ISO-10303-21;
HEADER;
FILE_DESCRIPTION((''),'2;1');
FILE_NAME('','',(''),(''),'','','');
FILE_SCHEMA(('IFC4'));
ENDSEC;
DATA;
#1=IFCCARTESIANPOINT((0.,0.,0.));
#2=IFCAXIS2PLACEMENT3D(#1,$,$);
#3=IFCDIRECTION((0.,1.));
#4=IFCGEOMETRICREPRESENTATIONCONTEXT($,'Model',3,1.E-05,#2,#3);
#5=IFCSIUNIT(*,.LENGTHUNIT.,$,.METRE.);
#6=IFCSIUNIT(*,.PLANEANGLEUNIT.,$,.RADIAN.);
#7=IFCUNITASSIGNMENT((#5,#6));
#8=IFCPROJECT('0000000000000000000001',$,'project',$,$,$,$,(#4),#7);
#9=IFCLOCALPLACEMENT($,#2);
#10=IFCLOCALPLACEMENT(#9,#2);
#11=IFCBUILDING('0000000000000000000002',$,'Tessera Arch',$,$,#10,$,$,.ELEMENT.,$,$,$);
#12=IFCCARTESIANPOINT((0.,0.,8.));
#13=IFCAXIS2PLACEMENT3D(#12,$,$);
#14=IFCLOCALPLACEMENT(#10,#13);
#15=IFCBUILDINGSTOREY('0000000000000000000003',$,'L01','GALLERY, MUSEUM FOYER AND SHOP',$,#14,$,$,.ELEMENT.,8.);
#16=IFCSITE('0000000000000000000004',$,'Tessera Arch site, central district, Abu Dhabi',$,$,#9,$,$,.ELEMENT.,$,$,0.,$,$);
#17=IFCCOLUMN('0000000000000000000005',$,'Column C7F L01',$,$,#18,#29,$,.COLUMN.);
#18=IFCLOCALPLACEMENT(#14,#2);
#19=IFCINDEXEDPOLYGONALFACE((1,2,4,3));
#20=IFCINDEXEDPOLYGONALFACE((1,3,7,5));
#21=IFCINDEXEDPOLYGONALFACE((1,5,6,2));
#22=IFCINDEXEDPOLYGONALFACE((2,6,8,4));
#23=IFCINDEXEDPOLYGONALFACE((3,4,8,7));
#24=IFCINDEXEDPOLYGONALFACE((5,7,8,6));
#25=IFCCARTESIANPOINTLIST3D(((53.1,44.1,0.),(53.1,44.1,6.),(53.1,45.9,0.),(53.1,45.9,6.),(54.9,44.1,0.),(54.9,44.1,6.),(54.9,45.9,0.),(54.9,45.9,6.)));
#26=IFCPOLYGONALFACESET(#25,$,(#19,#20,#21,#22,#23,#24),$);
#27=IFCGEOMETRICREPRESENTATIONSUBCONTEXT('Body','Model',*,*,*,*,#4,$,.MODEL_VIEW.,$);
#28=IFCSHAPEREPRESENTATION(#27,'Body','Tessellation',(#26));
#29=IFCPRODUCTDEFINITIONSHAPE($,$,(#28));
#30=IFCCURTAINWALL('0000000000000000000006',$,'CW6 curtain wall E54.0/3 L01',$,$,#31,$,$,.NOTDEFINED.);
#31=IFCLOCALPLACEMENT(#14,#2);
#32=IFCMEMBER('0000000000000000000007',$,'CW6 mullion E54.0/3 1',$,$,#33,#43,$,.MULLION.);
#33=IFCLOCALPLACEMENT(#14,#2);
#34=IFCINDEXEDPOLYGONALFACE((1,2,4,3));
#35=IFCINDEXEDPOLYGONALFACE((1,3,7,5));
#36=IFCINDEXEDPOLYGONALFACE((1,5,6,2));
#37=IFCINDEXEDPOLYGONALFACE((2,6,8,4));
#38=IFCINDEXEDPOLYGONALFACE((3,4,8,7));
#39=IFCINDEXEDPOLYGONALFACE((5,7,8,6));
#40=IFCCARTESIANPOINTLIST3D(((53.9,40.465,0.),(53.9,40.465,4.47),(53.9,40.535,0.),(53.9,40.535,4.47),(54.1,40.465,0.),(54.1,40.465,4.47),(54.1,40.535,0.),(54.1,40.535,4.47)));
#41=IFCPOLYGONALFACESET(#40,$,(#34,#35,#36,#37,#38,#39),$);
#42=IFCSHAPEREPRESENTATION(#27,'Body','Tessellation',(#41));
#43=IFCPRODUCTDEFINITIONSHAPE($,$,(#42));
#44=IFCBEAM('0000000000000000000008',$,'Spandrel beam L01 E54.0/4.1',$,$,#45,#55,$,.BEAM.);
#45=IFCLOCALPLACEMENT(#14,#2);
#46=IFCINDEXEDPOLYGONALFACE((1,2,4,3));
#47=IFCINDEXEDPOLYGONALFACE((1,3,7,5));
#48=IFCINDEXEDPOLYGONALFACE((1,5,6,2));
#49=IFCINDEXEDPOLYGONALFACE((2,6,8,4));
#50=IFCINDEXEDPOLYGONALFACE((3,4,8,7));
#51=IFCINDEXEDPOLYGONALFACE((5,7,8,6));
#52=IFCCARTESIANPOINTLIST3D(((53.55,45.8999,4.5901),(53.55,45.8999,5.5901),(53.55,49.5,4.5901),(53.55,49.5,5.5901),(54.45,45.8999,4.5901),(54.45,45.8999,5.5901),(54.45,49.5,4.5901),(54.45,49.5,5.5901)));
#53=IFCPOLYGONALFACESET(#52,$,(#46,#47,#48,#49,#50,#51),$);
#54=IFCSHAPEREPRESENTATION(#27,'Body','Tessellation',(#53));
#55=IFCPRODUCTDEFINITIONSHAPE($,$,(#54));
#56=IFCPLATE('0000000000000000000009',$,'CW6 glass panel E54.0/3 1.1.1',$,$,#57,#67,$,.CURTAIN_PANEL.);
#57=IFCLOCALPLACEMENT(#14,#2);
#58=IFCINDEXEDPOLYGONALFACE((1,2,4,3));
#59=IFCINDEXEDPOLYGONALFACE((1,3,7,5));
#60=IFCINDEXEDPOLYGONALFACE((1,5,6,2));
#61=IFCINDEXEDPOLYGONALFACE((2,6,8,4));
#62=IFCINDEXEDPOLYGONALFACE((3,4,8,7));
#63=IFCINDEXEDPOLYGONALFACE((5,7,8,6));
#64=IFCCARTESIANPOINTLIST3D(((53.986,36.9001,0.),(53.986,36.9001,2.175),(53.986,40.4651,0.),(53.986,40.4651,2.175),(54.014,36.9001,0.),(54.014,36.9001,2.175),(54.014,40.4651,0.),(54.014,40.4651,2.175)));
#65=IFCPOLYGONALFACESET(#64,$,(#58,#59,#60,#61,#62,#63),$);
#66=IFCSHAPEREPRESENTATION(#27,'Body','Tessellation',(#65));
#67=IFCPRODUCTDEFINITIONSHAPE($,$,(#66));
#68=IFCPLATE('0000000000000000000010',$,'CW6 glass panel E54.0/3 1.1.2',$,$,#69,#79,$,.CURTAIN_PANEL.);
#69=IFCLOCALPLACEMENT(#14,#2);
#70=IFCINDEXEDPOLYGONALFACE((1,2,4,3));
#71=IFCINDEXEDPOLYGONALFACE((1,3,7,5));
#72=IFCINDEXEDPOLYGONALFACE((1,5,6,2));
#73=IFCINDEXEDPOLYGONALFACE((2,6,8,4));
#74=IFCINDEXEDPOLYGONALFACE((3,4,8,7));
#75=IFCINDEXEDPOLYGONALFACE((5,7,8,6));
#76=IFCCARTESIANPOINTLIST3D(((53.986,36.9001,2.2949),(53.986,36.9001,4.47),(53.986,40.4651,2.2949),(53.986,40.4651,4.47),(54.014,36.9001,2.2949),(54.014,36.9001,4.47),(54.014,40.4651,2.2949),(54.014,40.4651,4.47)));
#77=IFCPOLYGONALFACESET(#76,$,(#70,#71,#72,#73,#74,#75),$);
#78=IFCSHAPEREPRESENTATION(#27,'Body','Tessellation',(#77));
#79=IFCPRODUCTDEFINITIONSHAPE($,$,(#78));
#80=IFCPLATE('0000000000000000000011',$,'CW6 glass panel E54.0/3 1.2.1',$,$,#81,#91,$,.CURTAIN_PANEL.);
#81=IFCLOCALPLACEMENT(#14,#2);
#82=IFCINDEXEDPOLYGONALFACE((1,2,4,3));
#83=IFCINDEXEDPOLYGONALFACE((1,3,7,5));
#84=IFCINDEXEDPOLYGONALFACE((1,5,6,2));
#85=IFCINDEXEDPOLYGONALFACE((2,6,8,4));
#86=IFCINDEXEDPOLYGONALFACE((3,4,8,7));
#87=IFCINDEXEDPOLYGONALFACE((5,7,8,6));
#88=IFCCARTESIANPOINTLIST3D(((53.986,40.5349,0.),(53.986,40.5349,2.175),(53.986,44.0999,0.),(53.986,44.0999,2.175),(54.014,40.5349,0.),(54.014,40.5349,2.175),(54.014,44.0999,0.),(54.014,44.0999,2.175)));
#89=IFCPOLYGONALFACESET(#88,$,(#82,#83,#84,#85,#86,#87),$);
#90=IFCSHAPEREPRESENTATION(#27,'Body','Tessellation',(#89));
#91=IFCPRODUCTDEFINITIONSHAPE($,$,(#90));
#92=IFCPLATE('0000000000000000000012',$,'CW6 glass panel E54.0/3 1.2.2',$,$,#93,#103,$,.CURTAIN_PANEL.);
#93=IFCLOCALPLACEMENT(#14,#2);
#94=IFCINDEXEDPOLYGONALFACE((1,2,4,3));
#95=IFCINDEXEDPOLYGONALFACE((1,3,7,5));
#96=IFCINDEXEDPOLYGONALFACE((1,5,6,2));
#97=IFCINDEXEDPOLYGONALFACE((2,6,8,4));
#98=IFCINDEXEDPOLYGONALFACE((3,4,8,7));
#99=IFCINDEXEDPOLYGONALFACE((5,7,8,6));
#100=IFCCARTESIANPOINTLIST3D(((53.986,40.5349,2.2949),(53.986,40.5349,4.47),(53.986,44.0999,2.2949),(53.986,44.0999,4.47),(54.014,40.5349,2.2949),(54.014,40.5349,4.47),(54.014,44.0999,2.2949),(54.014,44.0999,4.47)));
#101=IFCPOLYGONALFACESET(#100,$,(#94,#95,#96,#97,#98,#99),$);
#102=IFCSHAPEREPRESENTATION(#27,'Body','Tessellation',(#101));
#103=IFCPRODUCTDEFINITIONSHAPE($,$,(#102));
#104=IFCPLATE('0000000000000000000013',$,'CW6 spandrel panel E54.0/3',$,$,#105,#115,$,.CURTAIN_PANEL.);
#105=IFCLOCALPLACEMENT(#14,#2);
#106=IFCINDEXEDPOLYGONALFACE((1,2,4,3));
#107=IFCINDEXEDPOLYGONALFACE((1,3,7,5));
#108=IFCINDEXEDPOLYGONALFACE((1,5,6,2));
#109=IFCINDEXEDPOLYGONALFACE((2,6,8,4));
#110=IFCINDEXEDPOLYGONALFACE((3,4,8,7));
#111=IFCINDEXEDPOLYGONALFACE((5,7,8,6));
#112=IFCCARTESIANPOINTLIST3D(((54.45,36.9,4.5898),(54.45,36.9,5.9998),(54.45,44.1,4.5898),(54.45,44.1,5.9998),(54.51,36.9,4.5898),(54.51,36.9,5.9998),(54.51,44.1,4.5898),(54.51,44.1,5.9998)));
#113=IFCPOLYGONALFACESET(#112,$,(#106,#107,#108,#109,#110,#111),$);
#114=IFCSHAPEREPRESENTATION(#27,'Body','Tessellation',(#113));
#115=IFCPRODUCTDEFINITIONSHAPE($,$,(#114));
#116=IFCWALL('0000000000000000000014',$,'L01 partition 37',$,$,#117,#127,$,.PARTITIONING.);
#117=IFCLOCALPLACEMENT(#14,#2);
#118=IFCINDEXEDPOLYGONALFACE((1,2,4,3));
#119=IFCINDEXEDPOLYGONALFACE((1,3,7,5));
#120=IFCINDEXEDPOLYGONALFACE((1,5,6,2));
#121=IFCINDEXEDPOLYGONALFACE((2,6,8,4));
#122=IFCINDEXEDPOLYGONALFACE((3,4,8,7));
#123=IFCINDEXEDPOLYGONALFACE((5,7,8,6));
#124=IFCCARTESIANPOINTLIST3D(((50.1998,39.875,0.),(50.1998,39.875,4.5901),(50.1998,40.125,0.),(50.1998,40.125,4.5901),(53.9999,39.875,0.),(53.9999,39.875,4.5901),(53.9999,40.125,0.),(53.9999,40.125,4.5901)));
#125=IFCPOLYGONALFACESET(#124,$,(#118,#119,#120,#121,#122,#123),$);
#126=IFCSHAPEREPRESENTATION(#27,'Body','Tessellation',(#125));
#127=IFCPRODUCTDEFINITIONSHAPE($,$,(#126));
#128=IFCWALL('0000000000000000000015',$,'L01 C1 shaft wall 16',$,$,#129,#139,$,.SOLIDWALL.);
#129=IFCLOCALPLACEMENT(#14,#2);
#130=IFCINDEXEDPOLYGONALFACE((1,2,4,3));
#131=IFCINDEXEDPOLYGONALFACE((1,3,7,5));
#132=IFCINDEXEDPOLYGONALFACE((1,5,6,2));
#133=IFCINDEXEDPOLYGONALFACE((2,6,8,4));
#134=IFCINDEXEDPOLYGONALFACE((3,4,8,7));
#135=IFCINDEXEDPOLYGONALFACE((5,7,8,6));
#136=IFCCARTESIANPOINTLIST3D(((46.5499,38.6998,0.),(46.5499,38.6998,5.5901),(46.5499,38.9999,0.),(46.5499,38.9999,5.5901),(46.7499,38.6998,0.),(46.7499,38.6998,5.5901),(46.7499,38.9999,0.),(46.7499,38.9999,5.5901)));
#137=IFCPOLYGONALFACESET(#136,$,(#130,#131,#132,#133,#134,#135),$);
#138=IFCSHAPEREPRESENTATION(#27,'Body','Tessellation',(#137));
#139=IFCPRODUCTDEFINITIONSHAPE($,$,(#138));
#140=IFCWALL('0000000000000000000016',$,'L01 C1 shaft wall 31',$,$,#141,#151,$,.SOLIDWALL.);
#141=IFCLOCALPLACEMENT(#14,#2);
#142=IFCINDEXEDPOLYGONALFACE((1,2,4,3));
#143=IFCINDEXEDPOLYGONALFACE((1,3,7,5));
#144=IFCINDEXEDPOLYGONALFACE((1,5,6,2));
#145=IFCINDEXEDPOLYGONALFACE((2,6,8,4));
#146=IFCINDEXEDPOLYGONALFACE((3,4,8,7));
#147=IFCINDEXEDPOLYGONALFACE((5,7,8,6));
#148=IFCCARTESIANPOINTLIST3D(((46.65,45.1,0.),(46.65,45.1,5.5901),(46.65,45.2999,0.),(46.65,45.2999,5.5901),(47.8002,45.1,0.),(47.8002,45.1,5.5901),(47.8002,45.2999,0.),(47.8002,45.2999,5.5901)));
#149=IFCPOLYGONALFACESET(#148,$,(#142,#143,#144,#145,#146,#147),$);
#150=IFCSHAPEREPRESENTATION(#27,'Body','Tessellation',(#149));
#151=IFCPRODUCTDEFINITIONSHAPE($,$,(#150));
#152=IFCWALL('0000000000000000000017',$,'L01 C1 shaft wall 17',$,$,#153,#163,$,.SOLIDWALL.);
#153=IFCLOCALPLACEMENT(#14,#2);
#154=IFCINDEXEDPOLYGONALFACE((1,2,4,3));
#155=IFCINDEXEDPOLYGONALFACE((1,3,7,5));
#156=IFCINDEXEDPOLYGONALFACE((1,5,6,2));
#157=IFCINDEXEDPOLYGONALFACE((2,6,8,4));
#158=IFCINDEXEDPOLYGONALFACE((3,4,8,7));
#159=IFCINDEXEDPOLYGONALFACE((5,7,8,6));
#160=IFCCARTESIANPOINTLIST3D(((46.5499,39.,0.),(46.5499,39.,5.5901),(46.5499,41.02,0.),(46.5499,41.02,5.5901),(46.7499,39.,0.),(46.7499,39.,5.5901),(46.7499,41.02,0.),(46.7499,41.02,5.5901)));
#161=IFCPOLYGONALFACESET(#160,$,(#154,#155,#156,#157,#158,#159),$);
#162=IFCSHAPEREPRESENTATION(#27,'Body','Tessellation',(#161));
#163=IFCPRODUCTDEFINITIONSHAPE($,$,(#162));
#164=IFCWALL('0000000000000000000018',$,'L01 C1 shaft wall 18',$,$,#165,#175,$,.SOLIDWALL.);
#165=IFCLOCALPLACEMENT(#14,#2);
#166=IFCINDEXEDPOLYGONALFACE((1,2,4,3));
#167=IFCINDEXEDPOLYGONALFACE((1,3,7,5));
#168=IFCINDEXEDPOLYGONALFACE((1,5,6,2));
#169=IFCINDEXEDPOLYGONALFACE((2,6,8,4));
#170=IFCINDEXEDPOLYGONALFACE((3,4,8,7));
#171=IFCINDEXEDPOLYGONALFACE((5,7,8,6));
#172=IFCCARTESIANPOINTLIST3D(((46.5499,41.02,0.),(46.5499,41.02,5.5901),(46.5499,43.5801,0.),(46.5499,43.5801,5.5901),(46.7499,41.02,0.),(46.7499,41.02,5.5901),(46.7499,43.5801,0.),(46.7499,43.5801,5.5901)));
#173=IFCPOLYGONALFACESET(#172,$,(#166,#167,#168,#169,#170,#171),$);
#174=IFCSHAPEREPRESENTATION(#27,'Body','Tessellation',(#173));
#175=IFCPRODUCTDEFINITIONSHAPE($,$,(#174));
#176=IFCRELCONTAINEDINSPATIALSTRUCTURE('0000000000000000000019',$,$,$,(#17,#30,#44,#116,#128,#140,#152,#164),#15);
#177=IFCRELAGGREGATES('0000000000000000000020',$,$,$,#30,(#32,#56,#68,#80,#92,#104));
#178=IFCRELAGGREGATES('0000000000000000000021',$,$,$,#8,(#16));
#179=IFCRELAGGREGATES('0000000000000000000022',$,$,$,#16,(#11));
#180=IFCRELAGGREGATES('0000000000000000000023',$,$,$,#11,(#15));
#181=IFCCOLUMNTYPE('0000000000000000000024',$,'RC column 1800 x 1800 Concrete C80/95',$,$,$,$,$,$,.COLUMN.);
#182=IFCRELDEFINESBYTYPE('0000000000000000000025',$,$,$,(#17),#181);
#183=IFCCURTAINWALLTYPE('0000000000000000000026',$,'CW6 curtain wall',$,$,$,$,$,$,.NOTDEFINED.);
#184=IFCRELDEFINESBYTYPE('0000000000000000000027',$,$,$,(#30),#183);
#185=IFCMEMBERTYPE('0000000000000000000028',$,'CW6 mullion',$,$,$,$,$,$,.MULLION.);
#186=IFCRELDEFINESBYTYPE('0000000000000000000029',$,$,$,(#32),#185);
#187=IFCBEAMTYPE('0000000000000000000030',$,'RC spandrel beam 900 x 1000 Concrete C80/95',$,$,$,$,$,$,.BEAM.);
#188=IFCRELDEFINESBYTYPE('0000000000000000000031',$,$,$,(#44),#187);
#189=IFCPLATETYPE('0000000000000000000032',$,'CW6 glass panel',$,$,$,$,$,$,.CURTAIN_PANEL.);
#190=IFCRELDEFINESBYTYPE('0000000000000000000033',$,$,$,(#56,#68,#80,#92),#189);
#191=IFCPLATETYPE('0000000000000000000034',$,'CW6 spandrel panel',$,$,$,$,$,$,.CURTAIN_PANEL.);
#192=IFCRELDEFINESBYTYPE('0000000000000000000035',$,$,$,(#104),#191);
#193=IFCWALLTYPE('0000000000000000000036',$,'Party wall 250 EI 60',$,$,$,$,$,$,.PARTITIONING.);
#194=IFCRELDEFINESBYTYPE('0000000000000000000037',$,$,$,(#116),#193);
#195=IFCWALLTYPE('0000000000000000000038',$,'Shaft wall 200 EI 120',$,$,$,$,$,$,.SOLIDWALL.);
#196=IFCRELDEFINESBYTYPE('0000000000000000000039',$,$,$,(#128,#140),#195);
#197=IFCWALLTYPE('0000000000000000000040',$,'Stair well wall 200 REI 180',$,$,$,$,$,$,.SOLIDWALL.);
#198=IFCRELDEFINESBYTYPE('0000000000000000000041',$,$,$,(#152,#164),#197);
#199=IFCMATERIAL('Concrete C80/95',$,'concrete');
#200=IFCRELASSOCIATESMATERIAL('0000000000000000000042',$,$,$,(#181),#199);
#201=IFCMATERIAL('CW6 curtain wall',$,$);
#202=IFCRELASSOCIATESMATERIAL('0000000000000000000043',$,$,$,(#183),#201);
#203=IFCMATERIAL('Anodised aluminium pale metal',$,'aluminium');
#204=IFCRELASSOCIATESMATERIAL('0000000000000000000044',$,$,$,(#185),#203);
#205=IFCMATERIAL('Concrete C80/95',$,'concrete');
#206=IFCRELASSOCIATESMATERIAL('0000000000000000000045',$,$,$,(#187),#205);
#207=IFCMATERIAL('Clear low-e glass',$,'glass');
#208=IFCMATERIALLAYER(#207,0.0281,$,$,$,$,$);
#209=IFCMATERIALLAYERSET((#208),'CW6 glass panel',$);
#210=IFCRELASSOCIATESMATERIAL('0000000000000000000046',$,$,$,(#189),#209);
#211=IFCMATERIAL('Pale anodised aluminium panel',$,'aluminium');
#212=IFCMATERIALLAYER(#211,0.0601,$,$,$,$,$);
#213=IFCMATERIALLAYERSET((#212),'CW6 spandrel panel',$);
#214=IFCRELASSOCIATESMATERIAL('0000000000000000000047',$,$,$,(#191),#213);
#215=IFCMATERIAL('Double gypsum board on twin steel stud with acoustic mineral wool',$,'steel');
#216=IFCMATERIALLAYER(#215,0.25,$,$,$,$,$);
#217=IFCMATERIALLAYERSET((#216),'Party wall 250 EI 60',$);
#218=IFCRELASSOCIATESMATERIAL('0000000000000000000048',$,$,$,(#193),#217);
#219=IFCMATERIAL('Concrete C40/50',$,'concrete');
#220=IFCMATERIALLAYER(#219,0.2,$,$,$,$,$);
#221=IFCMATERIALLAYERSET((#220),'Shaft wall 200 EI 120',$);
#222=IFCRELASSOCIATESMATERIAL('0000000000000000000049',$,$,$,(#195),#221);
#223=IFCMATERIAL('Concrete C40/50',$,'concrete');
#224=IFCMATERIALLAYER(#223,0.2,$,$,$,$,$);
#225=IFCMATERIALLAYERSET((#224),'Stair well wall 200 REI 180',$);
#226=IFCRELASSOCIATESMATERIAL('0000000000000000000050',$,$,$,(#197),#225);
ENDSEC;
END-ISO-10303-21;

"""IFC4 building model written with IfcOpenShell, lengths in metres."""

from ifc_helpers import new_model, si_unit, direction, frame, frame_2d, origin, origin_2d, place, context, subcontext, project, spatial, rectangle, extrude, material, layer, layer_set, material_profile, profile_set, type_object, element, aggregate, save


model = new_model("IFC4")

# Units and contexts
model_context = context("Model", 3, precision=1e-05, world=origin(), true_north=direction((0.0, 1.0)))
body_context = subcontext(model_context, "Body", "Model", "MODEL_VIEW")
ifc_project = project(units=[si_unit("LENGTHUNIT", "METRE"), si_unit("PLANEANGLEUNIT", "RADIAN")], contexts=[model_context])

# Site, building, storey
site_placement = place(None, origin())
site = spatial("IfcSite", under=ifc_project, at=site_placement, Name="Tessera Arch site, central district, Abu Dhabi", CompositionType="ELEMENT", RefElevation=0.0)
building_placement = place(site_placement, origin())
building = spatial("IfcBuilding", under=site, at=building_placement, Name="Tessera Arch", CompositionType="ELEMENT")
storey_placement = place(building_placement, frame((0.0, 0.0, 8.0)))
storey = spatial("IfcBuildingStorey", under=building, at=storey_placement, Name="L01", Description="GALLERY, MUSEUM FOYER AND SHOP", CompositionType="ELEMENT", Elevation=8.0)

# Column
ifc_material_1 = material(Name="Concrete C80/95", Category="concrete")
ifc_material_profile_1 = material_profile(ifc_material_1, rectangle(XDim=1.8, YDim=1.8, at=origin_2d()), Name="RC column 1800 x 1800 Concrete C80/95")
ifc_profile_set_1 = profile_set([ifc_material_profile_1], Name="Concrete C80/95")
column_type = type_object("IfcColumnType", Name="RC column 1800 x 1800 Concrete C80/95", PredefinedType="COLUMN", material=ifc_profile_set_1)
column_placement = place(storey_placement, frame((54.0, 45.0, 0.0), z_axis=(0.0, 0.0, 1.0), x_axis=(1.0, 0.0, 0.0)))
element("IfcColumn", 1, at=column_placement, inside=storey, type_object=column_type, Name="Column C7F L01", PredefinedType="COLUMN", context=body_context, shape_type="SweptSolid", body=[
    extrude(rectangle(XDim=1.8, YDim=1.8, at=origin_2d()), origin(), (0.0, 0.0, 1.0), 6.0),
])

# Curtain wall, member
ifc_material_2 = material(Name="CW6 curtain wall")
curtain_wall_type = type_object("IfcCurtainWallType", Name="CW6 curtain wall", PredefinedType="NOTDEFINED", material=ifc_material_2)
curtain_wall_placement = place(storey_placement, origin())
curtain_wall = element("IfcCurtainWall", 2, at=curtain_wall_placement, inside=storey, type_object=curtain_wall_type, Name="CW6 curtain wall E54.0/3 L01", PredefinedType="NOTDEFINED")
ifc_material_3 = material(Name="Anodised aluminium pale metal", Category="aluminium")
ifc_material_profile_2 = material_profile(ifc_material_3, rectangle(XDim=0.2, YDim=0.0701, at=origin_2d()), Name="AL 70x200")
ifc_profile_set_2 = profile_set([ifc_material_profile_2], Name="Anodised aluminium pale metal")
member_type = type_object("IfcMemberType", Name="CW6 mullion", PredefinedType="MULLION", material=ifc_profile_set_2)
member_placement = place(storey_placement, frame((54.0, 40.5, 0.0), z_axis=(0.0, 0.0, 1.0), x_axis=(-1.0, 0.0, 0.0)))
member = element("IfcMember", 3, at=member_placement, type_object=member_type, Name="CW6 mullion E54.0/3 1", PredefinedType="MULLION", context=body_context, shape_type="SweptSolid", body=[
    extrude(rectangle(XDim=0.2, YDim=0.0701, at=origin_2d()), origin(), (0.0, 0.0, 1.0), 4.47),
])

# Beam
ifc_material_4 = material(Name="Concrete C80/95", Category="concrete")
ifc_material_profile_3 = material_profile(ifc_material_4, rectangle(XDim=0.8999, YDim=1.0, at=origin_2d()), Name="RC spandrel beam 900 x 1000 Concrete C80/95")
ifc_profile_set_3 = profile_set([ifc_material_profile_3], Name="Concrete C80/95")
beam_type = type_object("IfcBeamType", Name="RC spandrel beam 900 x 1000 Concrete C80/95", PredefinedType="BEAM", material=ifc_profile_set_3)
beam_placement = place(storey_placement, frame((54.0, 45.8999, 5.0901), z_axis=(0.0, 1.0, 0.0), x_axis=(-1.0, 0.0, 0.0)))
element("IfcBeam", 4, at=beam_placement, inside=storey, type_object=beam_type, Name="Spandrel beam L01 E54.0/4.1", PredefinedType="BEAM", context=body_context, shape_type="SweptSolid", body=[
    extrude(rectangle(XDim=0.8999, YDim=1.0, at=origin_2d()), origin(), (0.0, 0.0, 1.0), 3.6001),
])

# Plates
ifc_material_5 = material(Name="Clear low-e glass", Category="glass")
ifc_layer_1 = layer(ifc_material_5, 0.0281)
ifc_layer_set_1 = layer_set([ifc_layer_1], Name="CW6 glass panel")
plate_type_1 = type_object("IfcPlateType", Name="CW6 glass panel", PredefinedType="CURTAIN_PANEL", material=ifc_layer_set_1)
plate_1_placement = place(storey_placement, frame((54.0, 38.6826, 0.0), z_axis=(0.0, 0.0, 1.0), x_axis=(0.0, 1.0, 0.0)))
plate_1 = element("IfcPlate", 5, at=plate_1_placement, type_object=plate_type_1, Name="CW6 glass panel E54.0/3 1.1.1", PredefinedType="CURTAIN_PANEL", context=body_context, shape_type="SweptSolid", body=[
    extrude(rectangle(XDim=3.5649, YDim=0.0281, at=origin_2d()), origin(), (0.0, 0.0, 1.0), 2.175),
])
plate_2_placement = place(storey_placement, frame((54.0, 38.6826, 2.2949), z_axis=(0.0, 0.0, 1.0), x_axis=(0.0, 1.0, 0.0)))
plate_2 = element("IfcPlate", 6, at=plate_2_placement, type_object=plate_type_1, Name="CW6 glass panel E54.0/3 1.1.2", PredefinedType="CURTAIN_PANEL", context=body_context, shape_type="SweptSolid", body=[
    extrude(rectangle(XDim=3.5649, YDim=0.0281, at=origin_2d()), origin(), (0.0, 0.0, 1.0), 2.175),
])
plate_3_placement = place(storey_placement, frame((54.0, 42.3174, 0.0), z_axis=(0.0, 0.0, 1.0), x_axis=(0.0, 1.0, 0.0)))
plate_3 = element("IfcPlate", 7, at=plate_3_placement, type_object=plate_type_1, Name="CW6 glass panel E54.0/3 1.2.1", PredefinedType="CURTAIN_PANEL", context=body_context, shape_type="SweptSolid", body=[
    extrude(rectangle(XDim=3.5649, YDim=0.0281, at=origin_2d()), origin(), (0.0, 0.0, 1.0), 2.175),
])
plate_4_placement = place(storey_placement, frame((54.0, 42.3174, 2.2949), z_axis=(0.0, 0.0, 1.0), x_axis=(0.0, 1.0, 0.0)))
plate_4 = element("IfcPlate", 8, at=plate_4_placement, type_object=plate_type_1, Name="CW6 glass panel E54.0/3 1.2.2", PredefinedType="CURTAIN_PANEL", context=body_context, shape_type="SweptSolid", body=[
    extrude(rectangle(XDim=3.5649, YDim=0.0281, at=origin_2d()), origin(), (0.0, 0.0, 1.0), 2.175),
])
ifc_material_6 = material(Name="Pale anodised aluminium panel", Category="aluminium")
ifc_layer_2 = layer(ifc_material_6, 0.0601)
ifc_layer_set_2 = layer_set([ifc_layer_2], Name="CW6 spandrel panel")
plate_type_2 = type_object("IfcPlateType", Name="CW6 spandrel panel", PredefinedType="CURTAIN_PANEL", material=ifc_layer_set_2)
plate_5_placement = place(storey_placement, frame((54.48, 40.5, 4.5898), z_axis=(0.0, 0.0, 1.0), x_axis=(0.0, 1.0, 0.0)))
plate_5 = element("IfcPlate", 9, at=plate_5_placement, type_object=plate_type_2, Name="CW6 spandrel panel E54.0/3", PredefinedType="CURTAIN_PANEL", context=body_context, shape_type="SweptSolid", body=[
    extrude(rectangle(XDim=7.2, YDim=0.0601, at=origin_2d()), origin(), (0.0, 0.0, 1.0), 1.4099),
])
aggregate(curtain_wall, [member, plate_1, plate_2, plate_3, plate_4, plate_5])

# Walls
ifc_material_7 = material(Name="Double gypsum board on twin steel stud with acoustic mineral wool", Category="steel")
ifc_layer_3 = layer(ifc_material_7, 0.25)
ifc_layer_set_3 = layer_set([ifc_layer_3], Name="Party wall 250 EI 60")
wall_type_1 = type_object("IfcWallType", Name="Party wall 250 EI 60", PredefinedType="PARTITIONING", material=ifc_layer_set_3)
wall_1_placement = place(storey_placement, frame((50.2, 40.0, 0.0), z_axis=(0.0, 0.0, 1.0), x_axis=(1.0, 0.0, 0.0)))
element("IfcWall", 10, at=wall_1_placement, inside=storey, type_object=wall_type_1, Name="L01 partition 37", PredefinedType="PARTITIONING", context=body_context, shape_type="SweptSolid", body=[
    extrude(rectangle(XDim=3.8, YDim=0.25, at=frame_2d((1.8999, 0.0))), origin(), (0.0, 0.0, 1.0), 4.5901),
])
ifc_material_8 = material(Name="Concrete C40/50", Category="concrete")
ifc_layer_4 = layer(ifc_material_8, 0.2)
ifc_layer_set_4 = layer_set([ifc_layer_4], Name="Shaft wall 200 EI 120")
wall_type_2 = type_object("IfcWallType", Name="Shaft wall 200 EI 120", PredefinedType="SOLIDWALL", material=ifc_layer_set_4)
wall_2_placement = place(storey_placement, frame((46.6499, 38.7, 0.0), z_axis=(0.0, 0.0, 1.0), x_axis=(0.0, 1.0, 0.0)))
element("IfcWall", 11, at=wall_2_placement, inside=storey, type_object=wall_type_2, Name="L01 C1 shaft wall 16", PredefinedType="SOLIDWALL", context=body_context, shape_type="SweptSolid", body=[
    extrude(rectangle(XDim=0.3, YDim=0.2, at=frame_2d((0.1499, 0.0))), origin(), (0.0, 0.0, 1.0), 5.5901),
])
wall_3_placement = place(storey_placement, frame((46.6499, 45.2, 0.0), z_axis=(0.0, 0.0, 1.0), x_axis=(1.0, 0.0, 0.0)))
element("IfcWall", 12, at=wall_3_placement, inside=storey, type_object=wall_type_2, Name="L01 C1 shaft wall 31", PredefinedType="SOLIDWALL", context=body_context, shape_type="SweptSolid", body=[
    extrude(rectangle(XDim=1.1501, YDim=0.2, at=frame_2d((0.5752, 0.0))), origin(), (0.0, 0.0, 1.0), 5.5901),
])
ifc_material_9 = material(Name="Concrete C40/50", Category="concrete")
ifc_layer_5 = layer(ifc_material_9, 0.2)
ifc_layer_set_5 = layer_set([ifc_layer_5], Name="Stair well wall 200 REI 180")
wall_type_3 = type_object("IfcWallType", Name="Stair well wall 200 REI 180", PredefinedType="SOLIDWALL", material=ifc_layer_set_5)
wall_4_placement = place(storey_placement, frame((46.6499, 39.0, 0.0), z_axis=(0.0, 0.0, 1.0), x_axis=(0.0, 1.0, 0.0)))
element("IfcWall", 13, at=wall_4_placement, inside=storey, type_object=wall_type_3, Name="L01 C1 shaft wall 17", PredefinedType="SOLIDWALL", context=body_context, shape_type="SweptSolid", body=[
    extrude(rectangle(XDim=2.02, YDim=0.2, at=frame_2d((1.01, 0.0))), origin(), (0.0, 0.0, 1.0), 5.5901),
])
wall_5_placement = place(storey_placement, frame((46.6499, 41.02, 0.0), z_axis=(0.0, 0.0, 1.0), x_axis=(0.0, 1.0, 0.0)))
element("IfcWall", 14, at=wall_5_placement, inside=storey, type_object=wall_type_3, Name="L01 C1 shaft wall 18", PredefinedType="SOLIDWALL", context=body_context, shape_type="SweptSolid", body=[
    extrude(rectangle(XDim=2.5601, YDim=0.2, at=frame_2d((1.28, 0.0))), origin(), (0.0, 0.0, 1.0), 5.5901),
])

save(model, "model.ifc")
